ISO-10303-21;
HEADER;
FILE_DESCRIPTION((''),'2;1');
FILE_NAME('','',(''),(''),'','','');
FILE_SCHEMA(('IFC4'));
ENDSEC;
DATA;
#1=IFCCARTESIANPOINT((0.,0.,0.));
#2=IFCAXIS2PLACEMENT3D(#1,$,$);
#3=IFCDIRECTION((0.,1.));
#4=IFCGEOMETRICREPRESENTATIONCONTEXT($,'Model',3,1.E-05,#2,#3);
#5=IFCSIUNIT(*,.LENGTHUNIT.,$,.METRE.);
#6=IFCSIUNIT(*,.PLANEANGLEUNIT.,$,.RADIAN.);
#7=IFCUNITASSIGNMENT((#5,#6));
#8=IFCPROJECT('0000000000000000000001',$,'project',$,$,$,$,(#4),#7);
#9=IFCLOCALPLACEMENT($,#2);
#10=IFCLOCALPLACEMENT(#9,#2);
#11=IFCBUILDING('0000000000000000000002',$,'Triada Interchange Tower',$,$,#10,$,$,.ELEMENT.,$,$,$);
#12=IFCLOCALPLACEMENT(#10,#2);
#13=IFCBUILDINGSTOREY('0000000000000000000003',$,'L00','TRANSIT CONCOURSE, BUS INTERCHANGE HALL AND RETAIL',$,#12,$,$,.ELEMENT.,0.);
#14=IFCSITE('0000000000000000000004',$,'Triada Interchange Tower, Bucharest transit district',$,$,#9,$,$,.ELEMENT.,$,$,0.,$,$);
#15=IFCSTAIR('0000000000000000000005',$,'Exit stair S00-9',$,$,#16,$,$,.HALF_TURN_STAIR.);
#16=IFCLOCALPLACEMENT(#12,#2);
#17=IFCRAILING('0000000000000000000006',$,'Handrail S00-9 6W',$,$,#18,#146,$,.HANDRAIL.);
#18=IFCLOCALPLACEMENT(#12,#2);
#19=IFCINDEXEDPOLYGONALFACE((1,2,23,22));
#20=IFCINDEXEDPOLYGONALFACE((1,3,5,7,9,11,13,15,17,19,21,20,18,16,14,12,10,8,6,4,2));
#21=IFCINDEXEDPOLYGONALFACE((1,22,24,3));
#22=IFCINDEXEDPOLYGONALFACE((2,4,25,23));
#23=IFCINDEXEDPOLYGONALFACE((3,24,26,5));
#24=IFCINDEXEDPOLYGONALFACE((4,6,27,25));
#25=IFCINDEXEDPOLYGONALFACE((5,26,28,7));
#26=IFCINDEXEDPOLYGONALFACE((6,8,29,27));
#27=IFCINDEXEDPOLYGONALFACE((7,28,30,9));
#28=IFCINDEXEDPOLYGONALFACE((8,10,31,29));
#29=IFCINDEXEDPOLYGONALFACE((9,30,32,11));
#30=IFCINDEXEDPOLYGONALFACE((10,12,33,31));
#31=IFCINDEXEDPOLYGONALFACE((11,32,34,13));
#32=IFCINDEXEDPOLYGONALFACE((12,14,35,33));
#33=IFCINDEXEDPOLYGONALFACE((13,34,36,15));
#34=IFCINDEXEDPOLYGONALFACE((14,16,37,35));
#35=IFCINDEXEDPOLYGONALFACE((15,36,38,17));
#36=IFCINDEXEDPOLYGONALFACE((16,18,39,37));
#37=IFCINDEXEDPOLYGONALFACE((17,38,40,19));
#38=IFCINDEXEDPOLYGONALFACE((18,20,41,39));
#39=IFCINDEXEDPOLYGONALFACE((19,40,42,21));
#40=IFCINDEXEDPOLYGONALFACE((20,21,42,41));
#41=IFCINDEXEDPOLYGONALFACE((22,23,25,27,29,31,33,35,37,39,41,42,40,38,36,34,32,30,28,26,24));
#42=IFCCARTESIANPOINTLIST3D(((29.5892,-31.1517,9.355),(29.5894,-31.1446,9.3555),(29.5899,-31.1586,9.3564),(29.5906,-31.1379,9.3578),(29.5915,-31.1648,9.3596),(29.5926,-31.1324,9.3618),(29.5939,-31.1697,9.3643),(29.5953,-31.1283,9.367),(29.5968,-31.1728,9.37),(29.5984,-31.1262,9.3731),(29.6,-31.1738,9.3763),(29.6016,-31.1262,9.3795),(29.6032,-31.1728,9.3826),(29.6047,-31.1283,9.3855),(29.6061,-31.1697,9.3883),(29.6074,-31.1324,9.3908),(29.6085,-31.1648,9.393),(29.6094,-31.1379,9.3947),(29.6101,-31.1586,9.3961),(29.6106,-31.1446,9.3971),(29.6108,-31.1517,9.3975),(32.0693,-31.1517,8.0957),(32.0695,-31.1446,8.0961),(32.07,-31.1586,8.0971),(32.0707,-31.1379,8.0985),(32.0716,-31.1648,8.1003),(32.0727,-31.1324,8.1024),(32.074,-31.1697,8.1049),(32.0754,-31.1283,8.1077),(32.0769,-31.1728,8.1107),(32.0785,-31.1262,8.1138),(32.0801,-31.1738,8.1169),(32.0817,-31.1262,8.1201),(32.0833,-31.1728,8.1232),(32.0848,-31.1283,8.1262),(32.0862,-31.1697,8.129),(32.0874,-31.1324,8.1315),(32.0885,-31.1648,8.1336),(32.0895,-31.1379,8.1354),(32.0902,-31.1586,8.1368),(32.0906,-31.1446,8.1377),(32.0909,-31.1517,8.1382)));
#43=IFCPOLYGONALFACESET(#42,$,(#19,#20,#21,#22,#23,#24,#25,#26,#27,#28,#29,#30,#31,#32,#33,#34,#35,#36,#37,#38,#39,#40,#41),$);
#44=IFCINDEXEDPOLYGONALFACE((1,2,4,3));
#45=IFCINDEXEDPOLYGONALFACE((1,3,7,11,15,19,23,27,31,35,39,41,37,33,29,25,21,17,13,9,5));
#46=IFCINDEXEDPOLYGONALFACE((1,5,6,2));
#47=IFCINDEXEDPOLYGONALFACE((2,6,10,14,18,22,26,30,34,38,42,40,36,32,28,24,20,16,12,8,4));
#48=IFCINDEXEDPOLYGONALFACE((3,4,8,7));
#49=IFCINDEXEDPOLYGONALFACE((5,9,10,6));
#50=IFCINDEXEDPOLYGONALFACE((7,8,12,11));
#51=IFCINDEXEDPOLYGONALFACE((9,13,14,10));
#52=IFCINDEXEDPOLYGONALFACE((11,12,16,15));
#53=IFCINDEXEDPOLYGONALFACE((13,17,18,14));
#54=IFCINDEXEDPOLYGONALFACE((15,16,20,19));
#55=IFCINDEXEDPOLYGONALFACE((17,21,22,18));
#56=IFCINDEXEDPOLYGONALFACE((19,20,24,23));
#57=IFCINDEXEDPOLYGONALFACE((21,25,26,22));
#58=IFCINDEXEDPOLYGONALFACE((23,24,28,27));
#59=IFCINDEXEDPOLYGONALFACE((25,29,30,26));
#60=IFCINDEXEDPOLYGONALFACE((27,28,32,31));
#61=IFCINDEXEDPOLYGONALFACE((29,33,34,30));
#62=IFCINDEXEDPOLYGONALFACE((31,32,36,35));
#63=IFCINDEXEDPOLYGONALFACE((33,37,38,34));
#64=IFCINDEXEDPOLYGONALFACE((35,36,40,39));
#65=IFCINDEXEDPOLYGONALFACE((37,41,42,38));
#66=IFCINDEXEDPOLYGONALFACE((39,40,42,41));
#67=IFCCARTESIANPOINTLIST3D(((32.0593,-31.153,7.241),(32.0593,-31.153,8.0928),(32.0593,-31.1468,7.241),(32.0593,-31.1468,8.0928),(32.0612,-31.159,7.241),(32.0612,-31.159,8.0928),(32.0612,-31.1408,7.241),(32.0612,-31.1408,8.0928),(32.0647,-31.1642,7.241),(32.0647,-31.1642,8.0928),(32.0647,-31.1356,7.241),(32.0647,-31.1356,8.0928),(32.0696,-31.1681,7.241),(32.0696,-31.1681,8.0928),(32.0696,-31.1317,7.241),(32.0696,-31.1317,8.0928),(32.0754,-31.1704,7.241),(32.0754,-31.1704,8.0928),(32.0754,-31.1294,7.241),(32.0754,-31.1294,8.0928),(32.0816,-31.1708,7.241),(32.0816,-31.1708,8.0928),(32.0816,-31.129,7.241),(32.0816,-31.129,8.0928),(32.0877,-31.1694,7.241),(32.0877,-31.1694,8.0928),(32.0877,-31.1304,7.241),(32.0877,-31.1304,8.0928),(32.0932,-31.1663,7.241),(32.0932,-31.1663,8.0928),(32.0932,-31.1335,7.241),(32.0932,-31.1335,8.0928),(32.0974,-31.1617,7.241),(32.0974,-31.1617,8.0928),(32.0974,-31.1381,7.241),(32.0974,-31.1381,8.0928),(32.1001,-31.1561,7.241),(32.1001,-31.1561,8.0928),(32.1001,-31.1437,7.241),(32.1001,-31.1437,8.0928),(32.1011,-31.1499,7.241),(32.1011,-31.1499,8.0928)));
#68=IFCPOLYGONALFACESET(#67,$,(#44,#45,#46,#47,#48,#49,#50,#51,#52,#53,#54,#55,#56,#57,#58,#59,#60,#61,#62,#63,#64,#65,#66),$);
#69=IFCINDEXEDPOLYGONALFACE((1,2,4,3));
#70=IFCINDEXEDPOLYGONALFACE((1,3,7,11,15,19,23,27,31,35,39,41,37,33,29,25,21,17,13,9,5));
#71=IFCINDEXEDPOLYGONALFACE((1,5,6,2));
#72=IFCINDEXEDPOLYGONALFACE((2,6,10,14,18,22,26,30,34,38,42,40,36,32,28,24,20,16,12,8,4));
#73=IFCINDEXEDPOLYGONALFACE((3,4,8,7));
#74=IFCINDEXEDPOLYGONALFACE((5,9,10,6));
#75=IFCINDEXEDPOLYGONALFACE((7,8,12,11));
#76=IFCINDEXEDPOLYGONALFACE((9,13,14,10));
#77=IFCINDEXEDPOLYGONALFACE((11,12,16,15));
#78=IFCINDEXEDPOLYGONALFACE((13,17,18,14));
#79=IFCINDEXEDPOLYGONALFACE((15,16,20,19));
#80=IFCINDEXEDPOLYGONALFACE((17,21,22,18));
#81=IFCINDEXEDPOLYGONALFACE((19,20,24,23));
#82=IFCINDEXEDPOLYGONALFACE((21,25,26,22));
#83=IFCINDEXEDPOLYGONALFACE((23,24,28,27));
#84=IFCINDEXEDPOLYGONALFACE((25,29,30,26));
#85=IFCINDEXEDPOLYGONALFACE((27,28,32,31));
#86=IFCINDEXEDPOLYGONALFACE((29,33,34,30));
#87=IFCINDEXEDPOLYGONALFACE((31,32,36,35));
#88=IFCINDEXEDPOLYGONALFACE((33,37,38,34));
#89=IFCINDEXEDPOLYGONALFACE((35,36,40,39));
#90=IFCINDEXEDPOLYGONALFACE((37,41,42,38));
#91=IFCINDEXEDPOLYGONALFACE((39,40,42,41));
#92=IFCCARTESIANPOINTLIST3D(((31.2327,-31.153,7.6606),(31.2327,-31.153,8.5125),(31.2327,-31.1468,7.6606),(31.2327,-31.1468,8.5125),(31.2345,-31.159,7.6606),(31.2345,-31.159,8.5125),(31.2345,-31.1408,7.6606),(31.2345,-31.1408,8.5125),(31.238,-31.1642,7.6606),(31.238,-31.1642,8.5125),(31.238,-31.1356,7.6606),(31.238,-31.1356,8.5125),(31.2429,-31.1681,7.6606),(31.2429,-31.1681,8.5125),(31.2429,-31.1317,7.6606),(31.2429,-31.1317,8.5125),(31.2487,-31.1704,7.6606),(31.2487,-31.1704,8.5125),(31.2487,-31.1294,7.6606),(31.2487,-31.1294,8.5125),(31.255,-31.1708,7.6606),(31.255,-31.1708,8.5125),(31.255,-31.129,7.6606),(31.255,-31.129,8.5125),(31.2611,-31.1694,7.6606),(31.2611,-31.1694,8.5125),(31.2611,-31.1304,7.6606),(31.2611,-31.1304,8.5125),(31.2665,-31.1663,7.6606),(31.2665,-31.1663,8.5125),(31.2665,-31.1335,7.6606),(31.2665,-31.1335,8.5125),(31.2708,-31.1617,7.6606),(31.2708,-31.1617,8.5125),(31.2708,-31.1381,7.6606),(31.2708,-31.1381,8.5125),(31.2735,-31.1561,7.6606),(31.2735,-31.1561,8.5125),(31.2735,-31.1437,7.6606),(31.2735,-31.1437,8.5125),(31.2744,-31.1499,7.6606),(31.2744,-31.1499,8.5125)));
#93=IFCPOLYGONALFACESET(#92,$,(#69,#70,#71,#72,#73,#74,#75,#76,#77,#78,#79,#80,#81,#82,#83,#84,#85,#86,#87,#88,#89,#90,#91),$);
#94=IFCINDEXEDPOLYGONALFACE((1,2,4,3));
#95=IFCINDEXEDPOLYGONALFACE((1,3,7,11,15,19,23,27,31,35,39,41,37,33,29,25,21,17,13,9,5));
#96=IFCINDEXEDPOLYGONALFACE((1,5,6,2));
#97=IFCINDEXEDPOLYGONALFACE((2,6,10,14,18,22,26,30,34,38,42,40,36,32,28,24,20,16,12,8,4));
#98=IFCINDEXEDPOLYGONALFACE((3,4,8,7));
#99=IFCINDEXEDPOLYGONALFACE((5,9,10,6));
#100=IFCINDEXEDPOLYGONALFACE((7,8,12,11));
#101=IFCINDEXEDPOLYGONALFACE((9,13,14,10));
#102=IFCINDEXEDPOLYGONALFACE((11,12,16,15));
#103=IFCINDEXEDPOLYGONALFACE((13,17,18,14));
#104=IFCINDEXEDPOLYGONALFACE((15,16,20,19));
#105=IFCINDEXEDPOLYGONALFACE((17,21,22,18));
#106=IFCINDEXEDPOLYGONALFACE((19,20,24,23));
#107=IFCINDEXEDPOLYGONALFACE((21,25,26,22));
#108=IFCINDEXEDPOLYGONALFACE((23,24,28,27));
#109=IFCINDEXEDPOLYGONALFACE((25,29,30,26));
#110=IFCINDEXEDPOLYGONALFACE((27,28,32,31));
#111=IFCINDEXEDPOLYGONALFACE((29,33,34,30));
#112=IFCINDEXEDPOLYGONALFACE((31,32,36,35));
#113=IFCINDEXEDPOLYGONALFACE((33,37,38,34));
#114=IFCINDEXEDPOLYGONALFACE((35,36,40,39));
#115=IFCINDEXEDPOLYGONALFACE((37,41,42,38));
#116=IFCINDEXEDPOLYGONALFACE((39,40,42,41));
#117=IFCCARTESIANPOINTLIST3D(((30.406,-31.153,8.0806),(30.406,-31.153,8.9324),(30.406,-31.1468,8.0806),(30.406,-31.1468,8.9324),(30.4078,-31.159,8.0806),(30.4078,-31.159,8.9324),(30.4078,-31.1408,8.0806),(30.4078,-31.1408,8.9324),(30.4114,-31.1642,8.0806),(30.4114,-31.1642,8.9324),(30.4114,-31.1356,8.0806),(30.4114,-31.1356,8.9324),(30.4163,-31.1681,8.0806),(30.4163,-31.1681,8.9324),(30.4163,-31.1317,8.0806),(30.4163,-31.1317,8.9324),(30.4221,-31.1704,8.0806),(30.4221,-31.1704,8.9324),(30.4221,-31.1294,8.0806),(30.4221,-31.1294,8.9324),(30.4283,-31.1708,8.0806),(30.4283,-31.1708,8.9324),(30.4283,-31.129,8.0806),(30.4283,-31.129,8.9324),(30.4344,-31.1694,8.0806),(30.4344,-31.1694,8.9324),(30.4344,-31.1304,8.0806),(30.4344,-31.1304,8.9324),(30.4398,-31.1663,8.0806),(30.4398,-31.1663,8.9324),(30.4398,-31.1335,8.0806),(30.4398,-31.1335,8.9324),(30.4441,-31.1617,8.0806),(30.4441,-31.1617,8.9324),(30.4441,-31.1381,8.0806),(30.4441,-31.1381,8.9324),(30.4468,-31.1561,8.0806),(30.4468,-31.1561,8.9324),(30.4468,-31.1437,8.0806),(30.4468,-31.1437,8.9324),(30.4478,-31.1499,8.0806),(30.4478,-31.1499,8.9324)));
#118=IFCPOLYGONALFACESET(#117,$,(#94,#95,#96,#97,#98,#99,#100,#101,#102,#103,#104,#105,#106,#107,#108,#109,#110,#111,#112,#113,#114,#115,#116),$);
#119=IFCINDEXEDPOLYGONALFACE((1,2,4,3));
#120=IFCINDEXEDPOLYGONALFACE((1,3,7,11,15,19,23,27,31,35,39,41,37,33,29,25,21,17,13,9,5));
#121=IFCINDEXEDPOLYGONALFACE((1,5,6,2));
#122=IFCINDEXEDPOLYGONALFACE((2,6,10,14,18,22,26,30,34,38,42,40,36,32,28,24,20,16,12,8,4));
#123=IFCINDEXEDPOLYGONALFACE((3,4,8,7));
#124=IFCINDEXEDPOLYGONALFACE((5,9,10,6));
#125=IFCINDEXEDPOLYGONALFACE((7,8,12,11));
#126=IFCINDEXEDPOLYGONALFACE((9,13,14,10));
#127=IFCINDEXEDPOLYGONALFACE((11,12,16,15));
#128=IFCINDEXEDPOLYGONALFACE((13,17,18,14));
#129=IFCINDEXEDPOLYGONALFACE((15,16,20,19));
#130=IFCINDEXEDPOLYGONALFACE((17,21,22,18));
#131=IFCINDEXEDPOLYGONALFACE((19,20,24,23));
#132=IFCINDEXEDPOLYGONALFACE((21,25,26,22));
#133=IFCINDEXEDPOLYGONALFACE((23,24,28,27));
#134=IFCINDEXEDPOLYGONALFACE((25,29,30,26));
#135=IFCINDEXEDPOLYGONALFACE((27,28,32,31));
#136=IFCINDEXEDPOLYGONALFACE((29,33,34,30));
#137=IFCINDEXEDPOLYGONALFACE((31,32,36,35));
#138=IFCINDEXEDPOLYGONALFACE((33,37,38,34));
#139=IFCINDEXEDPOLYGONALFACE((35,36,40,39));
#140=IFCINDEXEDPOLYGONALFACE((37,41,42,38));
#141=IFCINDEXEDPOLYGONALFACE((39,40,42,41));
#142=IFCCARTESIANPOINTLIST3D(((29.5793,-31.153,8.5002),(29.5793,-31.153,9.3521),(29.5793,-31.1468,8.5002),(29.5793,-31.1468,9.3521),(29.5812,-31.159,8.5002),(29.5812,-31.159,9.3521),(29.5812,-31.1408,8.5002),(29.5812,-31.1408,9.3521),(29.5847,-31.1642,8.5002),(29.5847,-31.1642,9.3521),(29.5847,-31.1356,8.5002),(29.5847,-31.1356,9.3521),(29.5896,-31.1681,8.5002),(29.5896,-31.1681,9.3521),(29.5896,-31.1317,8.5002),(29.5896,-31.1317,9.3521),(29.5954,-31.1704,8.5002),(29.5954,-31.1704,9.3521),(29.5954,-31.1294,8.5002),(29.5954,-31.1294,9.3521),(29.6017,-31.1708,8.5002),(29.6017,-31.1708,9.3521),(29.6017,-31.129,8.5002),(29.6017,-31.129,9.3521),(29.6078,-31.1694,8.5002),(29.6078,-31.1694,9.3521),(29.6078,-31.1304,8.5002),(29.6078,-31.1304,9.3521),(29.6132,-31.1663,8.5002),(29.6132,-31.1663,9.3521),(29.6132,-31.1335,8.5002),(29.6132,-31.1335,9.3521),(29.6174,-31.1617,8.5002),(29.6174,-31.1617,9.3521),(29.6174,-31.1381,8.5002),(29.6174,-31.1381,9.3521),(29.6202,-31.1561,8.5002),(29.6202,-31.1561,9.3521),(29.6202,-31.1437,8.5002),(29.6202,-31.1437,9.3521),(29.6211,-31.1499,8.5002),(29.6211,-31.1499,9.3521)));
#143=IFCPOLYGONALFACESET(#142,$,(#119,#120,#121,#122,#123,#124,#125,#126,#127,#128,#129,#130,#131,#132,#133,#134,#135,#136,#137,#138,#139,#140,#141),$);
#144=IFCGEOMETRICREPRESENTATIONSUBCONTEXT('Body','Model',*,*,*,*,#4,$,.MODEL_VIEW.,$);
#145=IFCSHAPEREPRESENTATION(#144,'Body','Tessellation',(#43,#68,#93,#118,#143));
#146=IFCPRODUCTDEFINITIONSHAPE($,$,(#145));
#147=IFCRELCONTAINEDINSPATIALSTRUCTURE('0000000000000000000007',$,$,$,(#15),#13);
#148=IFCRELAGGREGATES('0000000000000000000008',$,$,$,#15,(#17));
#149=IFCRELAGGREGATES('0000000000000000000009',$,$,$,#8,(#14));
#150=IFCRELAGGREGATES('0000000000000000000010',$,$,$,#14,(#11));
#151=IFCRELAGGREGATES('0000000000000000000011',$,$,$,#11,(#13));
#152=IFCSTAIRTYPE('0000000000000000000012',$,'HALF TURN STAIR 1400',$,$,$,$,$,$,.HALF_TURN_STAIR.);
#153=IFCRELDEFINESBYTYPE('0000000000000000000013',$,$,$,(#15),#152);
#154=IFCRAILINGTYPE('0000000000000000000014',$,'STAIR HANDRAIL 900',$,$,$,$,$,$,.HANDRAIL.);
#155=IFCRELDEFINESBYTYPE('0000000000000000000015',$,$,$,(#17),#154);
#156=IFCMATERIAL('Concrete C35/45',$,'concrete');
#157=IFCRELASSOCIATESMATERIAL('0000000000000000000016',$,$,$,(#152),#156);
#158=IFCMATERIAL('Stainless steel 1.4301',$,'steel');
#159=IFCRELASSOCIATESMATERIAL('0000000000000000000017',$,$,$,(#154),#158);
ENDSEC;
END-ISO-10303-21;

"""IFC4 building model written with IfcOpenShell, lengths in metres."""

from ifc_helpers import new_model, si_unit, direction, frame, origin, origin_2d, place, context, subcontext, project, spatial, circle, extrude, material, type_object, element, aggregate, save


model = new_model("IFC4")

# Units and contexts
model_context = context("Model", 3, precision=1e-05, world=origin(), true_north=direction((0.0, 1.0)))
body_context = subcontext(model_context, "Body", "Model", "MODEL_VIEW")
ifc_project = project(units=[si_unit("LENGTHUNIT", "METRE"), si_unit("PLANEANGLEUNIT", "RADIAN")], contexts=[model_context])

# Site, building, storey
site_placement = place(None, origin())
site = spatial("IfcSite", under=ifc_project, at=site_placement, Name="Triada Interchange Tower, Bucharest transit district", CompositionType="ELEMENT", RefElevation=0.0)
building_placement = place(site_placement, origin())
building = spatial("IfcBuilding", under=site, at=building_placement, Name="Triada Interchange Tower", CompositionType="ELEMENT")
storey_placement = place(building_placement, origin())
storey = spatial("IfcBuildingStorey", under=building, at=storey_placement, Name="L00", Description="TRANSIT CONCOURSE, BUS INTERCHANGE HALL AND RETAIL", CompositionType="ELEMENT", Elevation=0.0)

# Stair, railing
ifc_material_1 = material(Name="Concrete C35/45", Category="concrete")
stair_type = type_object("IfcStairType", Name="HALF TURN STAIR 1400", PredefinedType="HALF_TURN_STAIR", material=ifc_material_1)
stair_placement = place(storey_placement, origin())
stair = element("IfcStair", 1, at=stair_placement, inside=storey, type_object=stair_type, Name="Exit stair S00-9", PredefinedType="HALF_TURN_STAIR")
ifc_material_2 = material(Name="Stainless steel 1.4301", Category="steel")
railing_type = type_object("IfcRailingType", Name="STAIR HANDRAIL 900", PredefinedType="HANDRAIL", material=ifc_material_2)
railing_1_placement = place(storey_placement, frame((32.0801, -31.1499, 7.241)))
railing_1 = element("IfcRailing", 2, at=railing_1_placement, type_object=railing_type, Name="Handrail S00-9 6W", PredefinedType="HANDRAIL", context=body_context, shape_type="SweptSolid", body=[
    extrude(circle(Radius=0.0239, at=origin_2d()), frame((0.0, 0.0, 0.876), z_axis=(-0.891636, 0.0, 0.452752), x_axis=(0.0, -1.0, 0.0)), (0.0, 0.0, 1.0), 2.7815),
    extrude(circle(Radius=0.021, at=origin_2d()), origin(), (0.0, 0.0, 1.0), 0.8518),
    extrude(circle(Radius=0.021, at=origin_2d()), frame((-0.8267, 0.0, 0.4197)), (0.0, 0.0, 1.0), 0.8518),
    extrude(circle(Radius=0.021, at=origin_2d()), frame((-1.6533, 0.0, 0.8396)), (0.0, 0.0, 1.0), 0.8518),
    extrude(circle(Radius=0.021, at=origin_2d()), frame((-2.48, 0.0, 1.2593)), (0.0, 0.0, 1.0), 0.8518),
])
aggregate(stair, [railing_1])

save(model, "model.ifc")
